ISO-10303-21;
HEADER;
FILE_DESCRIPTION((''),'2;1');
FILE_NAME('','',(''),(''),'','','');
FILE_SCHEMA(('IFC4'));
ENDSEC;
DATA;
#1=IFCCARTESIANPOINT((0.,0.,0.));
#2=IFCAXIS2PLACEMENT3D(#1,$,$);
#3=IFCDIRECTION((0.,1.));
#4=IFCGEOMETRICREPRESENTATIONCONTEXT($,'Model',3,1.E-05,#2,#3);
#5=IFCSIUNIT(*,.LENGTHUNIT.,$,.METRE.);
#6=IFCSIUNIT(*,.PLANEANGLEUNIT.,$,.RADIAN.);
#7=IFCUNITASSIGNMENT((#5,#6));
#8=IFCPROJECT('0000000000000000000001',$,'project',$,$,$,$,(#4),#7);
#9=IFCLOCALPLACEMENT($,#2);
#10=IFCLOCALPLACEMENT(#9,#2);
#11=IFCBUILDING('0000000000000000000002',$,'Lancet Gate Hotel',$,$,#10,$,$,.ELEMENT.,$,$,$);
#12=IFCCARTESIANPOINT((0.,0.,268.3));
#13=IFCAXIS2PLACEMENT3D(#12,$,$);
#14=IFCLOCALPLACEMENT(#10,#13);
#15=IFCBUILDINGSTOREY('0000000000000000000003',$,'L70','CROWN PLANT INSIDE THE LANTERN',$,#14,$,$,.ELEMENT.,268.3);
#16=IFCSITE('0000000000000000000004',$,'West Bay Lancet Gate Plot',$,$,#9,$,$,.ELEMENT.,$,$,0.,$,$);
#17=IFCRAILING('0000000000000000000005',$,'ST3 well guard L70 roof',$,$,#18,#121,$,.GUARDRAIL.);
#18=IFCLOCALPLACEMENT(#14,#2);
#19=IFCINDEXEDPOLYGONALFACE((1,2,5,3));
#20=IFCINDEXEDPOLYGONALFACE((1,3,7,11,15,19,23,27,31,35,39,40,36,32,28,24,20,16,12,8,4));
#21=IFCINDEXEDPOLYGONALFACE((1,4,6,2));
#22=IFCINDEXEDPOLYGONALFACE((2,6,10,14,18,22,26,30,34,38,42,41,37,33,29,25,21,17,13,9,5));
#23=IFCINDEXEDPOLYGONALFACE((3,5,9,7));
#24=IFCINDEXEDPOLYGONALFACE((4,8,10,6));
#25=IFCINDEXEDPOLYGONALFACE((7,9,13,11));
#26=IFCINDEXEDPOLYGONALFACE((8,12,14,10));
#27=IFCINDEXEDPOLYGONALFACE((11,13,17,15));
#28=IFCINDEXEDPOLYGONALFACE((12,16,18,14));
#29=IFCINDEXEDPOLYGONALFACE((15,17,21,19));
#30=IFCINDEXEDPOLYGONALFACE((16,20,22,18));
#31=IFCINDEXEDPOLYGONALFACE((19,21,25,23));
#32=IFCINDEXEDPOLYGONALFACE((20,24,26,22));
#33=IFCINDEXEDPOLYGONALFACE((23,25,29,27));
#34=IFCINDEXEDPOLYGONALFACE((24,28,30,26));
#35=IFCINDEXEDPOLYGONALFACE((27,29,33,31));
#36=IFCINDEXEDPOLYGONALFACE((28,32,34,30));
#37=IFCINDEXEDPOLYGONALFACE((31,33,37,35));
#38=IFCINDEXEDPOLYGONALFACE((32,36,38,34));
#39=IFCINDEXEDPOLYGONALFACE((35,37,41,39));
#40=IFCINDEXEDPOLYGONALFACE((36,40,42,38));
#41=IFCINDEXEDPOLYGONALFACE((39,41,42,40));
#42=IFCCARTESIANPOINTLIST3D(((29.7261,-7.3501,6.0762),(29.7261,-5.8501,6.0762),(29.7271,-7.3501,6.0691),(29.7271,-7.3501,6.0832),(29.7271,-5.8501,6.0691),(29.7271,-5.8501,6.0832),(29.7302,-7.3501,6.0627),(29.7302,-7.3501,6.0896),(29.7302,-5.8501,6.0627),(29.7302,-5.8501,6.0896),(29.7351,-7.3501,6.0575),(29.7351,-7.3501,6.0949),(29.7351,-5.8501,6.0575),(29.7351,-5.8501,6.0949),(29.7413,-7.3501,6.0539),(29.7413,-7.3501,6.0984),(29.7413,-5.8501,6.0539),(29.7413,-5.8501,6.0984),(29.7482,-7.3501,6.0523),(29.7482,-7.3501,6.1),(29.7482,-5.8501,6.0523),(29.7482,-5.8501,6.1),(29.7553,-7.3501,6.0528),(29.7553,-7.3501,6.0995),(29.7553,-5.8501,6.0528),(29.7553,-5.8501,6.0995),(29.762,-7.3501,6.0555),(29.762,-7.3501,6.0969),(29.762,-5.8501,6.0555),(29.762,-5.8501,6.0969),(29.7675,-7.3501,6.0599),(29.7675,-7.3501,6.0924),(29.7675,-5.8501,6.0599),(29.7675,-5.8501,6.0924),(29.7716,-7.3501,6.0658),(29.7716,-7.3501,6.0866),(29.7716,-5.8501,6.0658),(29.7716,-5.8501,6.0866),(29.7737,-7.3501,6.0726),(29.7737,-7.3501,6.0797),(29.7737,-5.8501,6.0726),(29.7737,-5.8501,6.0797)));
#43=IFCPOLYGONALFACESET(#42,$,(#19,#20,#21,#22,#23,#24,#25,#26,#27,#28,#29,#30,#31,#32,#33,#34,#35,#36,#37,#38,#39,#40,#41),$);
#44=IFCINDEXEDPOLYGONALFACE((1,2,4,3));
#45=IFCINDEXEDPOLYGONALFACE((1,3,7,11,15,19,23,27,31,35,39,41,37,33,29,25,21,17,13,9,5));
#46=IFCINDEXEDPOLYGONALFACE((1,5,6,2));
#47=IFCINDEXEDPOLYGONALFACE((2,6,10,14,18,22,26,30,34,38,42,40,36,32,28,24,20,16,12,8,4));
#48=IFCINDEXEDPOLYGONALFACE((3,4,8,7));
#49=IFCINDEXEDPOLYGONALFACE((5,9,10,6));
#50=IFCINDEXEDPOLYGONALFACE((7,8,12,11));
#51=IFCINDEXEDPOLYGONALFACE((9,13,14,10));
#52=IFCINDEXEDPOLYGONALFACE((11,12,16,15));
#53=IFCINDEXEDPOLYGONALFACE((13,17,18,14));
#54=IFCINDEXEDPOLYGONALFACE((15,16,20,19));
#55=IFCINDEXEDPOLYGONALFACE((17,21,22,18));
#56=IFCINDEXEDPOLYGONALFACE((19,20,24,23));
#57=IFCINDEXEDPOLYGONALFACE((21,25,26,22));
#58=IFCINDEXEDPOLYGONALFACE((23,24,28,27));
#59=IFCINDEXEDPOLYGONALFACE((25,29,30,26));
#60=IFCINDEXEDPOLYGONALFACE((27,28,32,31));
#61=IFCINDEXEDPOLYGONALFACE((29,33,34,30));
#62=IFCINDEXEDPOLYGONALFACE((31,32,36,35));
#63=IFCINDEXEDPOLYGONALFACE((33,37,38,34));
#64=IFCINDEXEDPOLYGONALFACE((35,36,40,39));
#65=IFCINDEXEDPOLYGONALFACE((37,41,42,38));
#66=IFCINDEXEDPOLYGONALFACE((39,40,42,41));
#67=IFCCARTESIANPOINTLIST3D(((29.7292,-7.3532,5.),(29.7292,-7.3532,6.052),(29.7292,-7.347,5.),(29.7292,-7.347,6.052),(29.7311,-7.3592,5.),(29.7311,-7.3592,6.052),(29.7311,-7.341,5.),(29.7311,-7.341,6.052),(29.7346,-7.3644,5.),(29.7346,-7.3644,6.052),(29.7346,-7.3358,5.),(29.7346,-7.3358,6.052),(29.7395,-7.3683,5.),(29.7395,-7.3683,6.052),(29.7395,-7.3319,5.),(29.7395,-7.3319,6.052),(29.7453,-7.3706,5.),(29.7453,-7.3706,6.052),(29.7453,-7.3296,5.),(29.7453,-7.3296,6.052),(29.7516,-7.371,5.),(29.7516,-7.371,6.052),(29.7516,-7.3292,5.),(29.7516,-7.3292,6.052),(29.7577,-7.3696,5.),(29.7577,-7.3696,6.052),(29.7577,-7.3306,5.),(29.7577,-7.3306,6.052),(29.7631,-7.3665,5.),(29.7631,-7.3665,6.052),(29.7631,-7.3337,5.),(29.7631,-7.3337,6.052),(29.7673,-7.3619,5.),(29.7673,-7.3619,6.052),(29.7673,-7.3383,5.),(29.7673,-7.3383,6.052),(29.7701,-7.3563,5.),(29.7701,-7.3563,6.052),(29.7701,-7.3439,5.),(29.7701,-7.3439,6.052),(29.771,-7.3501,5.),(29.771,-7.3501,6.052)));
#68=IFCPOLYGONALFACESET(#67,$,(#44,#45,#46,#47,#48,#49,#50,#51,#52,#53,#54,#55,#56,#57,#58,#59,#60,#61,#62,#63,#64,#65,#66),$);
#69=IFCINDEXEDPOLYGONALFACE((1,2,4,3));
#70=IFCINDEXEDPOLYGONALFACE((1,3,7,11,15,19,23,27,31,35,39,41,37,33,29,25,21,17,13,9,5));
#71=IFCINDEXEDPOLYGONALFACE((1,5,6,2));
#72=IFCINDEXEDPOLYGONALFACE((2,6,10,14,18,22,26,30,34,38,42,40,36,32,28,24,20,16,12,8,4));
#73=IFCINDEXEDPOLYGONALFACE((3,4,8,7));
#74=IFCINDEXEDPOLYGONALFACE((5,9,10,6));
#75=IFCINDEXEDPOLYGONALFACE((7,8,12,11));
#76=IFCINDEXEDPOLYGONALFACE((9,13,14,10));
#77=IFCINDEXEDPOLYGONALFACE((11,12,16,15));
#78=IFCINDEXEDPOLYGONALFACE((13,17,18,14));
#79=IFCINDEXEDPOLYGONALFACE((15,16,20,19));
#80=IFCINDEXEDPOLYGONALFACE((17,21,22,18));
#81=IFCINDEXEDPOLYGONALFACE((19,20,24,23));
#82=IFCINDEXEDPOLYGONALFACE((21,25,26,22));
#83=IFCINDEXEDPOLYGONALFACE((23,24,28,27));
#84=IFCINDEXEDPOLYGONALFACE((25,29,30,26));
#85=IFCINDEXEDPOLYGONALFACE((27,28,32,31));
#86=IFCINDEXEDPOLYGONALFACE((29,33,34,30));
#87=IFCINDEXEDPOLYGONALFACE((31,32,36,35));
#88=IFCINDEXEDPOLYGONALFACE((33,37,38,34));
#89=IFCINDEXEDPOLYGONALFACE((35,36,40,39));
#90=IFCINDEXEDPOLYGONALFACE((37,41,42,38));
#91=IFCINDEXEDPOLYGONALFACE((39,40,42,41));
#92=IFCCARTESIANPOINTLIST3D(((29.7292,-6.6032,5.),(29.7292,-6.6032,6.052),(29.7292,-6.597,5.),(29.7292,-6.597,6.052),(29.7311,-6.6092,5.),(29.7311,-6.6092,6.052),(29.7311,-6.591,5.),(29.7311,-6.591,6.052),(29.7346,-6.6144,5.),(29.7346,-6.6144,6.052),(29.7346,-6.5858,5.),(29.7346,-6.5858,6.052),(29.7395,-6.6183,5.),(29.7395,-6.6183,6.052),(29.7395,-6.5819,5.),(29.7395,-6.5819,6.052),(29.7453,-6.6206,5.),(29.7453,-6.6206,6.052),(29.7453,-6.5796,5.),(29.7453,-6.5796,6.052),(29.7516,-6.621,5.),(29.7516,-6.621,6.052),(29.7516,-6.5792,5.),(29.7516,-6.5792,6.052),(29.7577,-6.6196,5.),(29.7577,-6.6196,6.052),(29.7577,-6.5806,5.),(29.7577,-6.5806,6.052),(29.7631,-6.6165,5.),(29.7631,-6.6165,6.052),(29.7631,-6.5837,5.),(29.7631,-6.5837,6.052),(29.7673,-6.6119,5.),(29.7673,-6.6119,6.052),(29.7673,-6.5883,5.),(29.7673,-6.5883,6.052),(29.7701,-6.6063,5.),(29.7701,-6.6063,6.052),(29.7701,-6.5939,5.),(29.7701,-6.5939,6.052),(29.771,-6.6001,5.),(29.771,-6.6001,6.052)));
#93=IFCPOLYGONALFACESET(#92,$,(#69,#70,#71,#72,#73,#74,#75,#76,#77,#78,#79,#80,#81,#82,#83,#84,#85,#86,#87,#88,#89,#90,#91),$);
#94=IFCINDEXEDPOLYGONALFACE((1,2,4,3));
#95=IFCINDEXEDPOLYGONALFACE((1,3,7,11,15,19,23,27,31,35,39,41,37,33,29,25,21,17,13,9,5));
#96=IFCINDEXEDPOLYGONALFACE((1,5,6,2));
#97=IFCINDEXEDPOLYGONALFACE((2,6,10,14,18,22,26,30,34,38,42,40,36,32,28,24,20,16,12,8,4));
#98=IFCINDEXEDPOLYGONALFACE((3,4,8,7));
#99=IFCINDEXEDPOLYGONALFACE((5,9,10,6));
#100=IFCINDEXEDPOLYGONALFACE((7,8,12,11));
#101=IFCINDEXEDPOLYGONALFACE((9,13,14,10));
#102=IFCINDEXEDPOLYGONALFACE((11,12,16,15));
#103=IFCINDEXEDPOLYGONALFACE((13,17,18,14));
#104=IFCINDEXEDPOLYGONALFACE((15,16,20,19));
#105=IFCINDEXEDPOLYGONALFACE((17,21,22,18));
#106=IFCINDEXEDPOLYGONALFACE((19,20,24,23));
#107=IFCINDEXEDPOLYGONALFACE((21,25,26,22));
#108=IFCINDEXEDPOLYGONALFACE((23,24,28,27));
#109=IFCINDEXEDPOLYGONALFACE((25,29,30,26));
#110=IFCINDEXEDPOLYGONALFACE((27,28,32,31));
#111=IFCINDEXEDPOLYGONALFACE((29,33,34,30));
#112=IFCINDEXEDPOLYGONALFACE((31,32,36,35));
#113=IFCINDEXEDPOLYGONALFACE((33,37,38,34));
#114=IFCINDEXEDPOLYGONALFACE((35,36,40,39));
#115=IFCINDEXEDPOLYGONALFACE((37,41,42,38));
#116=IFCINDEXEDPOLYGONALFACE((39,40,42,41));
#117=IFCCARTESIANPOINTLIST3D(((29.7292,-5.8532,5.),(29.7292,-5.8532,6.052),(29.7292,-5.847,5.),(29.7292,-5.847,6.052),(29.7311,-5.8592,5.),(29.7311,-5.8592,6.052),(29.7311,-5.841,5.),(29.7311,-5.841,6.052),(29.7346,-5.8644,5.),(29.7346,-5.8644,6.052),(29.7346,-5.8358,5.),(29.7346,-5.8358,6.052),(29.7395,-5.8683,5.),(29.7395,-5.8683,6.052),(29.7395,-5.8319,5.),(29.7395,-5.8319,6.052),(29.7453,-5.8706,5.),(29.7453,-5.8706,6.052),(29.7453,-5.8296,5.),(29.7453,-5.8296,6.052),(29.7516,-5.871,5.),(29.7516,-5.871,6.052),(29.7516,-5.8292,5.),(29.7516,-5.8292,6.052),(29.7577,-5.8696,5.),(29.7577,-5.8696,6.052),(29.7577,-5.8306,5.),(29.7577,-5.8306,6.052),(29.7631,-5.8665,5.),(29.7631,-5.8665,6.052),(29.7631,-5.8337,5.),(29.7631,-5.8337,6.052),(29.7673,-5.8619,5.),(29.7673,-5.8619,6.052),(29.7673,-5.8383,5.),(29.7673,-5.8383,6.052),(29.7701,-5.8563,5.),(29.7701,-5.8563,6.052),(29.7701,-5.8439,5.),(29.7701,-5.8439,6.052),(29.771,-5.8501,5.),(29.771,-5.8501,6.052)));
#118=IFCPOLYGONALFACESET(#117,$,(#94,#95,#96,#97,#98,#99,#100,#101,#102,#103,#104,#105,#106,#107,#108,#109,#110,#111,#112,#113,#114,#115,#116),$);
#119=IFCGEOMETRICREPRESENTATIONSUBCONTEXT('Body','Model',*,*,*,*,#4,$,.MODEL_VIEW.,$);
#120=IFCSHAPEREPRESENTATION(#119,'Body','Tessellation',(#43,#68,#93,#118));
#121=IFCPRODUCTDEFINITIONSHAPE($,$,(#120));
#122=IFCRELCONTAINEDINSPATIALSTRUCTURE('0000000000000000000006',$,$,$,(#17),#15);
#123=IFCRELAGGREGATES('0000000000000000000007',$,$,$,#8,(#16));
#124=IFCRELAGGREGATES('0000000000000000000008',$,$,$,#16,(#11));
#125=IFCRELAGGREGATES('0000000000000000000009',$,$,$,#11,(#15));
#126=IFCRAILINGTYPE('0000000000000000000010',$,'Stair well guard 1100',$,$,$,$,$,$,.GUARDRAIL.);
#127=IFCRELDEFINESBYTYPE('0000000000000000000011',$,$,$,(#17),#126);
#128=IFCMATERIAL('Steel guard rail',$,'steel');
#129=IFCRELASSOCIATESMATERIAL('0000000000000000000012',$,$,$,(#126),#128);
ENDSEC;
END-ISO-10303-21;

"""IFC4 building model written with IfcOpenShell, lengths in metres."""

from ifc_helpers import new_model, si_unit, direction, frame, origin, origin_2d, place, context, subcontext, project, spatial, circle, extrude, material, type_object, element, save


model = new_model("IFC4")

# Units and contexts
model_context = context("Model", 3, precision=1e-05, world=origin(), true_north=direction((0.0, 1.0)))
body_context = subcontext(model_context, "Body", "Model", "MODEL_VIEW")
ifc_project = project(units=[si_unit("LENGTHUNIT", "METRE"), si_unit("PLANEANGLEUNIT", "RADIAN")], contexts=[model_context])

# Site, building, storey
site_placement = place(None, origin())
site = spatial("IfcSite", under=ifc_project, at=site_placement, Name="West Bay Lancet Gate Plot", CompositionType="ELEMENT", RefElevation=0.0)
building_placement = place(site_placement, origin())
building = spatial("IfcBuilding", under=site, at=building_placement, Name="Lancet Gate Hotel", CompositionType="ELEMENT")
storey_placement = place(building_placement, frame((0.0, 0.0, 268.3)))
storey = spatial("IfcBuildingStorey", under=building, at=storey_placement, Name="L70", Description="CROWN PLANT INSIDE THE LANTERN", CompositionType="ELEMENT", Elevation=268.3)

# Railing
ifc_material_1 = material(Name="Steel guard rail", Category="steel")
railing_type = type_object("IfcRailingType", Name="Stair well guard 1100", PredefinedType="GUARDRAIL", material=ifc_material_1)
railing_placement = place(storey_placement, frame((29.75, -7.3501, 5.0)))
element("IfcRailing", 1, at=railing_placement, inside=storey, type_object=railing_type, Name="ST3 well guard L70 roof", PredefinedType="GUARDRAIL", context=body_context, shape_type="SweptSolid", body=[
    extrude(circle(Radius=0.0239, at=origin_2d()), frame((0.0, 0.0, 1.0762), z_axis=(0.0, 1.0, 0.0), x_axis=(-1.0, 0.0, 0.0)), (0.0, 0.0, 1.0), 1.5),
    extrude(circle(Radius=0.021, at=origin_2d()), origin(), (0.0, 0.0, 1.0), 1.052),
    extrude(circle(Radius=0.021, at=origin_2d()), frame((0.0, 0.75, 0.0)), (0.0, 0.0, 1.0), 1.052),
    extrude(circle(Radius=0.021, at=origin_2d()), frame((0.0, 1.5, 0.0)), (0.0, 0.0, 1.0), 1.052),
])

save(model, "model.ifc")
